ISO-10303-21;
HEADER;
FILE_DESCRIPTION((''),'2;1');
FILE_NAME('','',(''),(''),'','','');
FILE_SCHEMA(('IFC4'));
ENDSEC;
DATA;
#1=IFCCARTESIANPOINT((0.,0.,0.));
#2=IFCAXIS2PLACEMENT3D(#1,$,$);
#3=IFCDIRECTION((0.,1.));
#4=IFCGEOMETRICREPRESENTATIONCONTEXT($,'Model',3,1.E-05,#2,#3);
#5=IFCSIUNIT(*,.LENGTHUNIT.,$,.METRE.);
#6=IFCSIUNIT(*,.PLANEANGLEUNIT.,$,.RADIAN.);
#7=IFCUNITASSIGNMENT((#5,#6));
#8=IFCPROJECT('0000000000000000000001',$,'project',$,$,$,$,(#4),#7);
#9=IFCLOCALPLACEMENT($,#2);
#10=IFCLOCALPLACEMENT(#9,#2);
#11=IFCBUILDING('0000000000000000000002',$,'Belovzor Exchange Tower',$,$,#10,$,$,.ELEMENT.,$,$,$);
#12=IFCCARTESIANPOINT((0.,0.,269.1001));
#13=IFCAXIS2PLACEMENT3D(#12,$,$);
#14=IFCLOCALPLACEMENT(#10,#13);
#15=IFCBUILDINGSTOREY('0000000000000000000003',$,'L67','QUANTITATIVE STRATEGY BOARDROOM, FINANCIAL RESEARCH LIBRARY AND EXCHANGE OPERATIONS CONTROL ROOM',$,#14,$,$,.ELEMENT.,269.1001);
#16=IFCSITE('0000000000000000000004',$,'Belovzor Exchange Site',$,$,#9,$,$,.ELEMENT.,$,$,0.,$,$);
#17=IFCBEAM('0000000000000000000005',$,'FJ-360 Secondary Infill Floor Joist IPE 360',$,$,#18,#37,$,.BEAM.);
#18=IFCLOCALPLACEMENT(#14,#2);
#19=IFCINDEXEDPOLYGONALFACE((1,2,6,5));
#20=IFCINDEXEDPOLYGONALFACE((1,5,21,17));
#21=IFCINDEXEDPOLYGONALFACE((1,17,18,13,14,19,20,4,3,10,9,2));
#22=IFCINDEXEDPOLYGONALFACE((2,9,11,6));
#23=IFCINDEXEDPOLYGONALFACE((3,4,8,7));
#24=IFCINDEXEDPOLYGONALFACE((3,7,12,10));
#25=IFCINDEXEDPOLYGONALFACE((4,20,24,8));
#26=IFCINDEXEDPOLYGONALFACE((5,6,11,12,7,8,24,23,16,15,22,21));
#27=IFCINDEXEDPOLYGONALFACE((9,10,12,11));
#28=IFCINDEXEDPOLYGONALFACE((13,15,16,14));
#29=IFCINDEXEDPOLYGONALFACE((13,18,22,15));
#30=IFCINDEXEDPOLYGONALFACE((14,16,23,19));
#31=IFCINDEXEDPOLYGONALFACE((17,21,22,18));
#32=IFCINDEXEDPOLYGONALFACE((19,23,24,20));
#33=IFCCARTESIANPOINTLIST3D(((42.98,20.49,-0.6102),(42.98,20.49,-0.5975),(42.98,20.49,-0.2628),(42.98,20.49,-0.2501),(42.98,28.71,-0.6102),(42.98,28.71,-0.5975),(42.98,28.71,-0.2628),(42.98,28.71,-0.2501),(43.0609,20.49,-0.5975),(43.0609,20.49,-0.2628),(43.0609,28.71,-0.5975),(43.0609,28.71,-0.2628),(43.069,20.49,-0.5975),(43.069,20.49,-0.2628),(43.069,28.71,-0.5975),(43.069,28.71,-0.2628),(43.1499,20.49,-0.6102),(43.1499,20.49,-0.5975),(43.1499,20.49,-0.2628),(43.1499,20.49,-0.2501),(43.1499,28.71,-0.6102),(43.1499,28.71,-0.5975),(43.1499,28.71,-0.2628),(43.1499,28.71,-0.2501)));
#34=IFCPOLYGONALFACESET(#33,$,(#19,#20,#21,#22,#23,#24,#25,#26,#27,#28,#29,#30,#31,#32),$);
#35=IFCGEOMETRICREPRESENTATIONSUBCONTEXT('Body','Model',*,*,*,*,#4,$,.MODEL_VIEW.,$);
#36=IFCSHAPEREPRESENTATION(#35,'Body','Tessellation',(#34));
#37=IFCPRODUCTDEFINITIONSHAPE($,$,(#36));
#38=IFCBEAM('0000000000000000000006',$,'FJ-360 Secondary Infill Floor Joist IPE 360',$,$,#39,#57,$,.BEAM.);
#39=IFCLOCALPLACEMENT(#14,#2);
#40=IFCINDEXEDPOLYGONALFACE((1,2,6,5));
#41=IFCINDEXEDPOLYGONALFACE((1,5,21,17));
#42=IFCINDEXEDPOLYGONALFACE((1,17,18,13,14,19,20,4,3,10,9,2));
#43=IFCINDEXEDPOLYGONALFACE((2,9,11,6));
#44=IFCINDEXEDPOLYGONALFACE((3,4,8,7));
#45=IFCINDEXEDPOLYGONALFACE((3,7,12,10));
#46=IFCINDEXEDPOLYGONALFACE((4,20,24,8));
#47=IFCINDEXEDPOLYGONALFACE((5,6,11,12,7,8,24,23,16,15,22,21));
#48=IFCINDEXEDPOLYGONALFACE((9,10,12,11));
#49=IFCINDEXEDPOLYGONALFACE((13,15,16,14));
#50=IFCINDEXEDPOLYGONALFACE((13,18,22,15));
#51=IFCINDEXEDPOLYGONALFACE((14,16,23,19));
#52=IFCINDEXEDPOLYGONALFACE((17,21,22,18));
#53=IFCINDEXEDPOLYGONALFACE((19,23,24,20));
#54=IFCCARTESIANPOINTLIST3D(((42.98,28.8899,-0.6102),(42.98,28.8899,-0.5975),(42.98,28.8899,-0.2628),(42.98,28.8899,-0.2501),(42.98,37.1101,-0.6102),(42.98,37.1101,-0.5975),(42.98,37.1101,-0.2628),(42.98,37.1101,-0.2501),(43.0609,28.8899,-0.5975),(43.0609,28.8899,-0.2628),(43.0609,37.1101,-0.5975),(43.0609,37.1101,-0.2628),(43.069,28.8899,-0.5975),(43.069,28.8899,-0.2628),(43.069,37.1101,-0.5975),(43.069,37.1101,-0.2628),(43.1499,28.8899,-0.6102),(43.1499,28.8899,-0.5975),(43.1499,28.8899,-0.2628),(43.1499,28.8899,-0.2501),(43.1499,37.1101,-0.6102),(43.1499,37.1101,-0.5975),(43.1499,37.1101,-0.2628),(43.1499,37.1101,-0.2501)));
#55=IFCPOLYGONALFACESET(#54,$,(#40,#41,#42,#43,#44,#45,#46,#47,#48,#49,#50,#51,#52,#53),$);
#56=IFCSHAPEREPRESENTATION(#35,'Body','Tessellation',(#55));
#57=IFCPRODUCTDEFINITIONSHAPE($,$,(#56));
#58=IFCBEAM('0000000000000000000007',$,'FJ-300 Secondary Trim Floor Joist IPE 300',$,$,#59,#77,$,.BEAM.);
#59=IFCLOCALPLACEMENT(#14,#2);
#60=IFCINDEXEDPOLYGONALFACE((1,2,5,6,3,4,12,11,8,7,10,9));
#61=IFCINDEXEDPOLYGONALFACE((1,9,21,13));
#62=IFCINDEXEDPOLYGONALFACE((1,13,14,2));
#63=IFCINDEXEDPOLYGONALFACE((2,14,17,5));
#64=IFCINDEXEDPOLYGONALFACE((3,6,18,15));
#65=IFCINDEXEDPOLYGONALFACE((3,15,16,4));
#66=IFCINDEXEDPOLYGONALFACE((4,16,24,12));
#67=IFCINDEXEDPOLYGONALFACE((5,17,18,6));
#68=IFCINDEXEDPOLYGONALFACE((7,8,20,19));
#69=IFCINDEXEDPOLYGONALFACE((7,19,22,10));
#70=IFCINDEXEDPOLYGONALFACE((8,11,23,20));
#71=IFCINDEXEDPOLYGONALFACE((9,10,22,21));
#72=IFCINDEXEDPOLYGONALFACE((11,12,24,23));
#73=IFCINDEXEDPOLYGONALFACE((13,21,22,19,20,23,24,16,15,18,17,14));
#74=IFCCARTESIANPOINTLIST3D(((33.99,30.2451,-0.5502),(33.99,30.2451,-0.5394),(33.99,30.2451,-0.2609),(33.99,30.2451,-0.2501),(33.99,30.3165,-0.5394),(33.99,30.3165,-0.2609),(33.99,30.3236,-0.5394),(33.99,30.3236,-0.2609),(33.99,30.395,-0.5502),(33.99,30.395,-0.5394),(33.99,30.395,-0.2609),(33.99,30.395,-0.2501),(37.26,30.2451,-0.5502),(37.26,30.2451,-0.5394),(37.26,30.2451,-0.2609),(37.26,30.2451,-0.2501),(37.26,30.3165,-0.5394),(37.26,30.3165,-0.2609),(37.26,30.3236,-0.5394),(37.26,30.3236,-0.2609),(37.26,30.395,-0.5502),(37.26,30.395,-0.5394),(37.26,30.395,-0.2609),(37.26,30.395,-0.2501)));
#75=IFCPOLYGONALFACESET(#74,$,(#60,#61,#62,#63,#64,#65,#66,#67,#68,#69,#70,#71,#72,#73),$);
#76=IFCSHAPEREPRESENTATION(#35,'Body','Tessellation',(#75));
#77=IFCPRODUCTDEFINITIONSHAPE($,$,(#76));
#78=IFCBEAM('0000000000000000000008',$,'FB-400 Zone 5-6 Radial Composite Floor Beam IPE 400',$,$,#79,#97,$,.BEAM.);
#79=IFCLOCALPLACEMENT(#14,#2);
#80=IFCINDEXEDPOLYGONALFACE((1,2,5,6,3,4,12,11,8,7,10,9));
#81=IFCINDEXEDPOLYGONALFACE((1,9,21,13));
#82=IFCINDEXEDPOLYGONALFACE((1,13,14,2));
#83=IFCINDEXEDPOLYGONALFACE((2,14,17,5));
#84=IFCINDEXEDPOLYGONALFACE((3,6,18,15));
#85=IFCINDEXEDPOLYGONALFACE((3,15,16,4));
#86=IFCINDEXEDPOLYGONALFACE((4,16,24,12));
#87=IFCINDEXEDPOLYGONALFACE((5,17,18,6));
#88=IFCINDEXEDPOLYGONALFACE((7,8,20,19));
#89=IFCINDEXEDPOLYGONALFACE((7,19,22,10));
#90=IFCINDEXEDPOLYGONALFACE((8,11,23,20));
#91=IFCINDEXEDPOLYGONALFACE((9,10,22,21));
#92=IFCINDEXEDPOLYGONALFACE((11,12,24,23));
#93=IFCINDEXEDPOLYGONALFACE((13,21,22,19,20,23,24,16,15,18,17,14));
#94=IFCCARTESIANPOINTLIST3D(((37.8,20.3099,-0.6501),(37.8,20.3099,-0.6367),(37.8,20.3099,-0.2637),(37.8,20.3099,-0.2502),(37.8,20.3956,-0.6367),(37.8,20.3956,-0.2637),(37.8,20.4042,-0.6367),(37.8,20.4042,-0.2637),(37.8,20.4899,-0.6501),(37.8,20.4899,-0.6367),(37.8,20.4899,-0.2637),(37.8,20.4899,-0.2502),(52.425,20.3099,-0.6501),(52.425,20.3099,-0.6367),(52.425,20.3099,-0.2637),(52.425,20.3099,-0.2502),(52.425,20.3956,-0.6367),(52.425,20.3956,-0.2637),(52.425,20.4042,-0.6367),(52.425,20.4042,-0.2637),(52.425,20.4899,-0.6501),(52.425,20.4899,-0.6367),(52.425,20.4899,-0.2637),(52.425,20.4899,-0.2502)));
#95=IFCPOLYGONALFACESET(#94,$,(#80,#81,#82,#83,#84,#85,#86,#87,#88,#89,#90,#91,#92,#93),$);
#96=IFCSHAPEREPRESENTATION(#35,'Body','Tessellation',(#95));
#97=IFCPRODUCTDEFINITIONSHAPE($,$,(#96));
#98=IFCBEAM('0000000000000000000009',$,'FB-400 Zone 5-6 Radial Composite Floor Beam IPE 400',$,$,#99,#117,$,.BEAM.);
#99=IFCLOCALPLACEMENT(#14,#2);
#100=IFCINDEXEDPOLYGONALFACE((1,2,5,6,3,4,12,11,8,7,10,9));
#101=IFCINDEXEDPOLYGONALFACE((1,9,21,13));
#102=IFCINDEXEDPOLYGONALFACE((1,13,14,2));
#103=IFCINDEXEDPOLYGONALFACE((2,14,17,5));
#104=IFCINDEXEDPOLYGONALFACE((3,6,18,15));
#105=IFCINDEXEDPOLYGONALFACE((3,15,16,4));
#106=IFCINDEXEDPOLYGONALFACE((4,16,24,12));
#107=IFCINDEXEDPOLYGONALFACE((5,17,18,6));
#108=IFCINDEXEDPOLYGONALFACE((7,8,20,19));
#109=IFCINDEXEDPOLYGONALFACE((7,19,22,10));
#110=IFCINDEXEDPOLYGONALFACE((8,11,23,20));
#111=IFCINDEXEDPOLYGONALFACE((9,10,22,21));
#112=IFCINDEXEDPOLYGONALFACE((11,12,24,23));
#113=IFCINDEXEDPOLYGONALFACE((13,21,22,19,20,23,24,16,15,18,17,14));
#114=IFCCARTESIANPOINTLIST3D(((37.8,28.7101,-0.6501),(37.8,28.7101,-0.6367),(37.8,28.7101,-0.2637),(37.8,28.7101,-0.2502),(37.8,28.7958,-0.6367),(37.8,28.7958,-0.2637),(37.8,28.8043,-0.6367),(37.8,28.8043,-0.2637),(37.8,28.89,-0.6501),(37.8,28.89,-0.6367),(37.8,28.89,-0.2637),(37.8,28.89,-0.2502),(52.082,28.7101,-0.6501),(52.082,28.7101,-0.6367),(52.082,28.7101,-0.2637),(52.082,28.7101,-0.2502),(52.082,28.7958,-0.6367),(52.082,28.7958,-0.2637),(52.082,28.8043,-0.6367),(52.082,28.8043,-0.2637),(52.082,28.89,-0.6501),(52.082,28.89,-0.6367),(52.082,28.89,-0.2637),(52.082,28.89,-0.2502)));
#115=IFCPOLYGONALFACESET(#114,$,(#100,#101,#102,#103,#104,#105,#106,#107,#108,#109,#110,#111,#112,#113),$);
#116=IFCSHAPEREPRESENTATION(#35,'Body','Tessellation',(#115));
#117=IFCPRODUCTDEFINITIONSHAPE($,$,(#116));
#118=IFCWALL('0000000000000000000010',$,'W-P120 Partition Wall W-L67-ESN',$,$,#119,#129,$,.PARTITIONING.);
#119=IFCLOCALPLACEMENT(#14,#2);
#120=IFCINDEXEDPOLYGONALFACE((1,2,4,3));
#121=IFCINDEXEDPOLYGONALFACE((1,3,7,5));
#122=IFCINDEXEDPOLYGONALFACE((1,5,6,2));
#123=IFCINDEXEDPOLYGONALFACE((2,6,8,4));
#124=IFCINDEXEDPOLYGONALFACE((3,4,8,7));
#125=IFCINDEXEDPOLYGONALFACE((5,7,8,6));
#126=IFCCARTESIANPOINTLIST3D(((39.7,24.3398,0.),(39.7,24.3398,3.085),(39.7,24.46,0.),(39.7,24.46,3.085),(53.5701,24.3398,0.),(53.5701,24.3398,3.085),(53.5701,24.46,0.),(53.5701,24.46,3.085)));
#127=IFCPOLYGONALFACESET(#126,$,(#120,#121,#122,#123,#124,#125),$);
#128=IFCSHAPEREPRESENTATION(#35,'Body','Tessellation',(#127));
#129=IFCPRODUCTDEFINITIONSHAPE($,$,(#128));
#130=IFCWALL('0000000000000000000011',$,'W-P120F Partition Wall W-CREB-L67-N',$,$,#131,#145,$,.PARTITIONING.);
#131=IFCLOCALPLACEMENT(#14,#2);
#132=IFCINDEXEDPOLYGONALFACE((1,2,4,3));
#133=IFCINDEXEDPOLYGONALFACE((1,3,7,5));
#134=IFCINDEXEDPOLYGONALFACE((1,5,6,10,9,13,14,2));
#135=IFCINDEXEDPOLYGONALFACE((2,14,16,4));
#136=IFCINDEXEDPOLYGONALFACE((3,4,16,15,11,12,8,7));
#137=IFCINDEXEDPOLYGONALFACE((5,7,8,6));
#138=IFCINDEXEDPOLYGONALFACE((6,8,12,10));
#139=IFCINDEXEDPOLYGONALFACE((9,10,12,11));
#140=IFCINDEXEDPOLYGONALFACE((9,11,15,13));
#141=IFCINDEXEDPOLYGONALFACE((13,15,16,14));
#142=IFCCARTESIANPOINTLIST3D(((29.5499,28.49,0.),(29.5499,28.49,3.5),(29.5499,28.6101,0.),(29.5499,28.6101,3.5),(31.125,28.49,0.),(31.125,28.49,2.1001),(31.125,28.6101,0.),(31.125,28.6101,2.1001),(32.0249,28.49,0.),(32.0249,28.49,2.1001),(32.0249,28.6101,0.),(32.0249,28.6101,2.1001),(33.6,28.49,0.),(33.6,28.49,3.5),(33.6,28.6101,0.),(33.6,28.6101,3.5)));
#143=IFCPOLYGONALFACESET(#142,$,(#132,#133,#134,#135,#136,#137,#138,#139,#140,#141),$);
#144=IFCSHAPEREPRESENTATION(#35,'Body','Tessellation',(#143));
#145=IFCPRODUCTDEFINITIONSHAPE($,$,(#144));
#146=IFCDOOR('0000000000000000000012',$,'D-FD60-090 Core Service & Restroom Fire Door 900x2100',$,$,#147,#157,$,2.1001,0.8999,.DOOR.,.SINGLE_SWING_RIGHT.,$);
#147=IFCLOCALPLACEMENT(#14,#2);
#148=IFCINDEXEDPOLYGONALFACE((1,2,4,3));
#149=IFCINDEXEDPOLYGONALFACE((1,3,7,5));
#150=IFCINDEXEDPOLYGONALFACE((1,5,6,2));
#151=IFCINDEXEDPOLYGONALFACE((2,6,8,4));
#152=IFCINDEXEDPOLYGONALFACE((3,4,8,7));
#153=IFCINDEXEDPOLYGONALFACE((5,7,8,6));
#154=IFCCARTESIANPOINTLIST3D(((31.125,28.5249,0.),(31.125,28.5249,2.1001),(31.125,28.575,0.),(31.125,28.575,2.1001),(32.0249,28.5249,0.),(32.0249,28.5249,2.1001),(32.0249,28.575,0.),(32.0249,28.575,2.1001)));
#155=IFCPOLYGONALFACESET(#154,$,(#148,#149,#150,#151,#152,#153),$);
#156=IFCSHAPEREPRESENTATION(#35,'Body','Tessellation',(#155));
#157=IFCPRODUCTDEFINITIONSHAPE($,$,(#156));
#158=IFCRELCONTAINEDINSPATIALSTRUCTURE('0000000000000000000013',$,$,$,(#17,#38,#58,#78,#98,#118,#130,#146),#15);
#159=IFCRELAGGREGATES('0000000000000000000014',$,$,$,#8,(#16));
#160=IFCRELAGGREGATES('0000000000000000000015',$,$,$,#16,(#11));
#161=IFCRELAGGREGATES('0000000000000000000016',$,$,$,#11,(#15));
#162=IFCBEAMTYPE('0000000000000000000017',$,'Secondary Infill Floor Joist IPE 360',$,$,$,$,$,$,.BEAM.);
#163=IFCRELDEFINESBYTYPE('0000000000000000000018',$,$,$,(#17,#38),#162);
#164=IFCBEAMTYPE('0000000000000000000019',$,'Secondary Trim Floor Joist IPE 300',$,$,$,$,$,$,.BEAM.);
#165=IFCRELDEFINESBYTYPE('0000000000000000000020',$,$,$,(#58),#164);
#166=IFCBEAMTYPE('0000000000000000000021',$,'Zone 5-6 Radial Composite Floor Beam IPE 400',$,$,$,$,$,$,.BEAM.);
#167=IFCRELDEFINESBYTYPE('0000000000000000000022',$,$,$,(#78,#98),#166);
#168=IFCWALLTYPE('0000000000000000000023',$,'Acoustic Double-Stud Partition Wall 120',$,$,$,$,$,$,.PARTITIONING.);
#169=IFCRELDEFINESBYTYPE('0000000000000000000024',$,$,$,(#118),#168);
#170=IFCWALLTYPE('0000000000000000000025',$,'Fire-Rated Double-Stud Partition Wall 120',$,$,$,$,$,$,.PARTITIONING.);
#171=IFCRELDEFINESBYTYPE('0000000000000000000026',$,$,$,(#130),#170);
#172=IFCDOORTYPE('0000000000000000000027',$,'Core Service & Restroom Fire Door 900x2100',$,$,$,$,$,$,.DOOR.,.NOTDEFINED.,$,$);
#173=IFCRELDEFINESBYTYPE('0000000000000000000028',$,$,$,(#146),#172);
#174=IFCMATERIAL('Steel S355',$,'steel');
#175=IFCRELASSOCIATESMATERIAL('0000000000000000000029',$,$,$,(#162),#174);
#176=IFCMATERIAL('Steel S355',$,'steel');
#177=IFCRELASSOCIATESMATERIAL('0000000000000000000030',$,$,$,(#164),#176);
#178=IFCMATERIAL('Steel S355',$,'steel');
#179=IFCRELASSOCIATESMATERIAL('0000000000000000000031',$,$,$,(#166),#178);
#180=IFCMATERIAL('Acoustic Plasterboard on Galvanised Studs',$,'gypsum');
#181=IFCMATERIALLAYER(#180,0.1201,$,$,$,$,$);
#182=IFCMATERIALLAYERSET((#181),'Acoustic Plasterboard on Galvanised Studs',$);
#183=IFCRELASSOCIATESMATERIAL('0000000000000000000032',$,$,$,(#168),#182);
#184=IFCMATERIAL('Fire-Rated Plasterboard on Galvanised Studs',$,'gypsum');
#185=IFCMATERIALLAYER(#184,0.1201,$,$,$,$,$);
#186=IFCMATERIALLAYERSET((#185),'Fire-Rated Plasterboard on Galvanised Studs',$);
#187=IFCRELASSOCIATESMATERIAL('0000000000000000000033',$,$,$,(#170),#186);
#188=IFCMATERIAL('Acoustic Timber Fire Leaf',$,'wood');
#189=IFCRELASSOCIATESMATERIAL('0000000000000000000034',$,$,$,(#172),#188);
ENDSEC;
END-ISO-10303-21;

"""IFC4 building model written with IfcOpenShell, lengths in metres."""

from ifc_helpers import new_model, si_unit, direction, frame, frame_2d, origin, origin_2d, place, context, subcontext, project, spatial, rectangle, i_section, extrude, material, layer, layer_set, material_profile, profile_set, type_object, element, fill, save


model = new_model("IFC4")

# Units and contexts
model_context = context("Model", 3, precision=1e-05, world=origin(), true_north=direction((0.0, 1.0)))
body_context = subcontext(model_context, "Body", "Model", "MODEL_VIEW")
ifc_project = project(units=[si_unit("LENGTHUNIT", "METRE"), si_unit("PLANEANGLEUNIT", "RADIAN")], contexts=[model_context])

# Site, building, storey
site_placement = place(None, origin())
site = spatial("IfcSite", under=ifc_project, at=site_placement, Name="Belovzor Exchange Site", CompositionType="ELEMENT", RefElevation=0.0)
building_placement = place(site_placement, origin())
building = spatial("IfcBuilding", under=site, at=building_placement, Name="Belovzor Exchange Tower", CompositionType="ELEMENT")
storey_placement = place(building_placement, frame((0.0, 0.0, 269.1001)))
storey = spatial("IfcBuildingStorey", under=building, at=storey_placement, Name="L67", Description="QUANTITATIVE STRATEGY BOARDROOM, FINANCIAL RESEARCH LIBRARY AND EXCHANGE OPERATIONS CONTROL ROOM", CompositionType="ELEMENT", Elevation=269.1001)

# Beams
ifc_material_1 = material(Name="Steel S355", Category="steel")
ifc_material_profile_1 = material_profile(ifc_material_1, i_section(OverallWidth=0.1699, OverallDepth=0.3601, WebThickness=0.0081, FlangeThickness=0.0127, at=origin_2d()))
ifc_profile_set_1 = profile_set([ifc_material_profile_1], Name="Steel S355")
beam_type_1 = type_object("IfcBeamType", Name="Secondary Infill Floor Joist IPE 360", PredefinedType="BEAM", material=ifc_profile_set_1)
beam_1_placement = place(storey_placement, frame((43.0649, 20.49, -0.4302), z_axis=(0.0, 1.0, 0.0), x_axis=(-1.0, 0.0, 0.0)))
element("IfcBeam", 1, at=beam_1_placement, inside=storey, type_object=beam_type_1, Name="FJ-360 Secondary Infill Floor Joist IPE 360", PredefinedType="BEAM", context=body_context, shape_type="SweptSolid", body=[
    extrude(i_section(OverallWidth=0.1699, OverallDepth=0.3601, WebThickness=0.0081, FlangeThickness=0.0127, at=origin_2d()), origin(), (0.0, 0.0, 1.0), 8.22),
])
beam_2_placement = place(storey_placement, frame((43.0649, 28.8899, -0.4302), z_axis=(0.0, 1.0, 0.0), x_axis=(-1.0, 0.0, 0.0)))
element("IfcBeam", 2, at=beam_2_placement, inside=storey, type_object=beam_type_1, Name="FJ-360 Secondary Infill Floor Joist IPE 360", PredefinedType="BEAM", context=body_context, shape_type="SweptSolid", body=[
    extrude(i_section(OverallWidth=0.1699, OverallDepth=0.3601, WebThickness=0.0081, FlangeThickness=0.0127, at=origin_2d()), origin(), (0.0, 0.0, 1.0), 8.2202),
])
ifc_material_2 = material(Name="Steel S355", Category="steel")
ifc_material_profile_2 = material_profile(ifc_material_2, i_section(OverallWidth=0.1499, OverallDepth=0.3, WebThickness=0.0071, FlangeThickness=0.0107, at=origin_2d()))
ifc_profile_set_2 = profile_set([ifc_material_profile_2], Name="Steel S355")
beam_type_2 = type_object("IfcBeamType", Name="Secondary Trim Floor Joist IPE 300", PredefinedType="BEAM", material=ifc_profile_set_2)
beam_3_placement = place(storey_placement, frame((37.26, 30.3201, -0.4001), z_axis=(-1.0, 0.0, 0.0), x_axis=(0.0, -1.0, 0.0)))
element("IfcBeam", 3, at=beam_3_placement, inside=storey, type_object=beam_type_2, Name="FJ-300 Secondary Trim Floor Joist IPE 300", PredefinedType="BEAM", context=body_context, shape_type="SweptSolid", body=[
    extrude(i_section(OverallWidth=0.1499, OverallDepth=0.3, WebThickness=0.0071, FlangeThickness=0.0107, at=origin_2d()), origin(), (0.0, 0.0, 1.0), 3.27),
])
ifc_material_3 = material(Name="Steel S355", Category="steel")
ifc_material_profile_3 = material_profile(ifc_material_3, i_section(OverallWidth=0.1799, OverallDepth=0.3999, WebThickness=0.0085, FlangeThickness=0.0134, at=origin_2d()))
ifc_profile_set_3 = profile_set([ifc_material_profile_3], Name="Steel S355")
beam_type_3 = type_object("IfcBeamType", Name="Zone 5-6 Radial Composite Floor Beam IPE 400", PredefinedType="BEAM", material=ifc_profile_set_3)
beam_4_placement = place(storey_placement, frame((37.8, 20.3999, -0.4502), z_axis=(1.0, 0.0, 0.0), x_axis=(0.0, 1.0, 0.0)))
element("IfcBeam", 4, at=beam_4_placement, inside=storey, type_object=beam_type_3, Name="FB-400 Zone 5-6 Radial Composite Floor Beam IPE 400", PredefinedType="BEAM", context=body_context, shape_type="SweptSolid", body=[
    extrude(i_section(OverallWidth=0.1799, OverallDepth=0.3999, WebThickness=0.0085, FlangeThickness=0.0134, at=origin_2d()), origin(), (0.0, 0.0, 1.0), 14.625),
])
beam_5_placement = place(storey_placement, frame((37.8, 28.8, -0.4502), z_axis=(1.0, 0.0, 0.0), x_axis=(0.0, 1.0, 0.0)))
element("IfcBeam", 5, at=beam_5_placement, inside=storey, type_object=beam_type_3, Name="FB-400 Zone 5-6 Radial Composite Floor Beam IPE 400", PredefinedType="BEAM", context=body_context, shape_type="SweptSolid", body=[
    extrude(i_section(OverallWidth=0.1799, OverallDepth=0.3999, WebThickness=0.0085, FlangeThickness=0.0134, at=origin_2d()), origin(), (0.0, 0.0, 1.0), 14.282),
])

# Wall
ifc_material_4 = material(Name="Acoustic Plasterboard on Galvanised Studs", Category="gypsum")
ifc_layer_1 = layer(ifc_material_4, 0.1201)
ifc_layer_set_1 = layer_set([ifc_layer_1], Name="Acoustic Plasterboard on Galvanised Studs")
wall_type_1 = type_object("IfcWallType", Name="Acoustic Double-Stud Partition Wall 120", PredefinedType="PARTITIONING", material=ifc_layer_set_1)
wall_1_placement = place(storey_placement, frame((39.7, 24.3999, 0.0), z_axis=(0.0, 0.0, 1.0), x_axis=(1.0, 0.0, 0.0)))
element("IfcWall", 6, at=wall_1_placement, inside=storey, type_object=wall_type_1, Name="W-P120 Partition Wall W-L67-ESN", PredefinedType="PARTITIONING", context=body_context, shape_type="SweptSolid", body=[
    extrude(rectangle(XDim=13.8701, YDim=0.1201, at=frame_2d((6.9351, 0.0))), origin(), (0.0, 0.0, 1.0), 3.085),
])

# Wall, opening, door
ifc_material_5 = material(Name="Fire-Rated Plasterboard on Galvanised Studs", Category="gypsum")
ifc_layer_2 = layer(ifc_material_5, 0.1201)
ifc_layer_set_2 = layer_set([ifc_layer_2], Name="Fire-Rated Plasterboard on Galvanised Studs")
wall_type_2 = type_object("IfcWallType", Name="Fire-Rated Double-Stud Partition Wall 120", PredefinedType="PARTITIONING", material=ifc_layer_set_2)
wall_2_placement = place(storey_placement, frame((29.55, 28.55, 0.0), z_axis=(0.0, 0.0, 1.0), x_axis=(1.0, 0.0, 0.0)))
wall_2 = element("IfcWall", 7, at=wall_2_placement, inside=storey, type_object=wall_type_2, Name="W-P120F Partition Wall W-CREB-L67-N", PredefinedType="PARTITIONING", context=body_context, shape_type="SweptSolid", body=[
    extrude(rectangle(XDim=4.05, YDim=0.1201, at=frame_2d((2.0249, 0.0))), origin(), (0.0, 0.0, 1.0), 3.5),
])
opening_1_placement = place(wall_2_placement, frame((1.575, 0.0, 0.0)))
opening_1 = element("IfcOpeningElement", 8, at=opening_1_placement, cuts=wall_2, PredefinedType="OPENING", context=body_context, shape_type="SweptSolid", body=[
    extrude(rectangle(XDim=0.8999, YDim=2.1001, at=frame_2d((0.45, 1.05))), frame((0.0, 0.0701, 0.0), z_axis=(0.0, -1.0, 0.0), x_axis=(1.0, 0.0, 0.0)), (0.0, 0.0, 1.0), 0.1401),
])
ifc_material_6 = material(Name="Acoustic Timber Fire Leaf", Category="wood")
door_type_1 = type_object("IfcDoorType", Name="Core Service & Restroom Fire Door 900x2100", OperationType="NOTDEFINED", PredefinedType="DOOR", material=ifc_material_6)
door_1_placement = place(opening_1_placement, origin())
door_1 = element("IfcDoor", 9, at=door_1_placement, inside=storey, type_object=door_type_1, Name="D-FD60-090 Core Service & Restroom Fire Door 900x2100", OperationType="SINGLE_SWING_RIGHT", OverallHeight=2.1001, OverallWidth=0.8999, PredefinedType="DOOR", context=body_context, shape_type="SweptSolid", body=[
    extrude(rectangle(XDim=0.8999, YDim=2.1001, at=frame_2d((0.45, 1.05))), frame((0.0, 0.0249, 0.0), z_axis=(0.0, -1.0, 0.0), x_axis=(1.0, 0.0, 0.0)), (0.0, 0.0, 1.0), 0.05),
])
fill(opening_1, door_1)

save(model, "model.ifc")
